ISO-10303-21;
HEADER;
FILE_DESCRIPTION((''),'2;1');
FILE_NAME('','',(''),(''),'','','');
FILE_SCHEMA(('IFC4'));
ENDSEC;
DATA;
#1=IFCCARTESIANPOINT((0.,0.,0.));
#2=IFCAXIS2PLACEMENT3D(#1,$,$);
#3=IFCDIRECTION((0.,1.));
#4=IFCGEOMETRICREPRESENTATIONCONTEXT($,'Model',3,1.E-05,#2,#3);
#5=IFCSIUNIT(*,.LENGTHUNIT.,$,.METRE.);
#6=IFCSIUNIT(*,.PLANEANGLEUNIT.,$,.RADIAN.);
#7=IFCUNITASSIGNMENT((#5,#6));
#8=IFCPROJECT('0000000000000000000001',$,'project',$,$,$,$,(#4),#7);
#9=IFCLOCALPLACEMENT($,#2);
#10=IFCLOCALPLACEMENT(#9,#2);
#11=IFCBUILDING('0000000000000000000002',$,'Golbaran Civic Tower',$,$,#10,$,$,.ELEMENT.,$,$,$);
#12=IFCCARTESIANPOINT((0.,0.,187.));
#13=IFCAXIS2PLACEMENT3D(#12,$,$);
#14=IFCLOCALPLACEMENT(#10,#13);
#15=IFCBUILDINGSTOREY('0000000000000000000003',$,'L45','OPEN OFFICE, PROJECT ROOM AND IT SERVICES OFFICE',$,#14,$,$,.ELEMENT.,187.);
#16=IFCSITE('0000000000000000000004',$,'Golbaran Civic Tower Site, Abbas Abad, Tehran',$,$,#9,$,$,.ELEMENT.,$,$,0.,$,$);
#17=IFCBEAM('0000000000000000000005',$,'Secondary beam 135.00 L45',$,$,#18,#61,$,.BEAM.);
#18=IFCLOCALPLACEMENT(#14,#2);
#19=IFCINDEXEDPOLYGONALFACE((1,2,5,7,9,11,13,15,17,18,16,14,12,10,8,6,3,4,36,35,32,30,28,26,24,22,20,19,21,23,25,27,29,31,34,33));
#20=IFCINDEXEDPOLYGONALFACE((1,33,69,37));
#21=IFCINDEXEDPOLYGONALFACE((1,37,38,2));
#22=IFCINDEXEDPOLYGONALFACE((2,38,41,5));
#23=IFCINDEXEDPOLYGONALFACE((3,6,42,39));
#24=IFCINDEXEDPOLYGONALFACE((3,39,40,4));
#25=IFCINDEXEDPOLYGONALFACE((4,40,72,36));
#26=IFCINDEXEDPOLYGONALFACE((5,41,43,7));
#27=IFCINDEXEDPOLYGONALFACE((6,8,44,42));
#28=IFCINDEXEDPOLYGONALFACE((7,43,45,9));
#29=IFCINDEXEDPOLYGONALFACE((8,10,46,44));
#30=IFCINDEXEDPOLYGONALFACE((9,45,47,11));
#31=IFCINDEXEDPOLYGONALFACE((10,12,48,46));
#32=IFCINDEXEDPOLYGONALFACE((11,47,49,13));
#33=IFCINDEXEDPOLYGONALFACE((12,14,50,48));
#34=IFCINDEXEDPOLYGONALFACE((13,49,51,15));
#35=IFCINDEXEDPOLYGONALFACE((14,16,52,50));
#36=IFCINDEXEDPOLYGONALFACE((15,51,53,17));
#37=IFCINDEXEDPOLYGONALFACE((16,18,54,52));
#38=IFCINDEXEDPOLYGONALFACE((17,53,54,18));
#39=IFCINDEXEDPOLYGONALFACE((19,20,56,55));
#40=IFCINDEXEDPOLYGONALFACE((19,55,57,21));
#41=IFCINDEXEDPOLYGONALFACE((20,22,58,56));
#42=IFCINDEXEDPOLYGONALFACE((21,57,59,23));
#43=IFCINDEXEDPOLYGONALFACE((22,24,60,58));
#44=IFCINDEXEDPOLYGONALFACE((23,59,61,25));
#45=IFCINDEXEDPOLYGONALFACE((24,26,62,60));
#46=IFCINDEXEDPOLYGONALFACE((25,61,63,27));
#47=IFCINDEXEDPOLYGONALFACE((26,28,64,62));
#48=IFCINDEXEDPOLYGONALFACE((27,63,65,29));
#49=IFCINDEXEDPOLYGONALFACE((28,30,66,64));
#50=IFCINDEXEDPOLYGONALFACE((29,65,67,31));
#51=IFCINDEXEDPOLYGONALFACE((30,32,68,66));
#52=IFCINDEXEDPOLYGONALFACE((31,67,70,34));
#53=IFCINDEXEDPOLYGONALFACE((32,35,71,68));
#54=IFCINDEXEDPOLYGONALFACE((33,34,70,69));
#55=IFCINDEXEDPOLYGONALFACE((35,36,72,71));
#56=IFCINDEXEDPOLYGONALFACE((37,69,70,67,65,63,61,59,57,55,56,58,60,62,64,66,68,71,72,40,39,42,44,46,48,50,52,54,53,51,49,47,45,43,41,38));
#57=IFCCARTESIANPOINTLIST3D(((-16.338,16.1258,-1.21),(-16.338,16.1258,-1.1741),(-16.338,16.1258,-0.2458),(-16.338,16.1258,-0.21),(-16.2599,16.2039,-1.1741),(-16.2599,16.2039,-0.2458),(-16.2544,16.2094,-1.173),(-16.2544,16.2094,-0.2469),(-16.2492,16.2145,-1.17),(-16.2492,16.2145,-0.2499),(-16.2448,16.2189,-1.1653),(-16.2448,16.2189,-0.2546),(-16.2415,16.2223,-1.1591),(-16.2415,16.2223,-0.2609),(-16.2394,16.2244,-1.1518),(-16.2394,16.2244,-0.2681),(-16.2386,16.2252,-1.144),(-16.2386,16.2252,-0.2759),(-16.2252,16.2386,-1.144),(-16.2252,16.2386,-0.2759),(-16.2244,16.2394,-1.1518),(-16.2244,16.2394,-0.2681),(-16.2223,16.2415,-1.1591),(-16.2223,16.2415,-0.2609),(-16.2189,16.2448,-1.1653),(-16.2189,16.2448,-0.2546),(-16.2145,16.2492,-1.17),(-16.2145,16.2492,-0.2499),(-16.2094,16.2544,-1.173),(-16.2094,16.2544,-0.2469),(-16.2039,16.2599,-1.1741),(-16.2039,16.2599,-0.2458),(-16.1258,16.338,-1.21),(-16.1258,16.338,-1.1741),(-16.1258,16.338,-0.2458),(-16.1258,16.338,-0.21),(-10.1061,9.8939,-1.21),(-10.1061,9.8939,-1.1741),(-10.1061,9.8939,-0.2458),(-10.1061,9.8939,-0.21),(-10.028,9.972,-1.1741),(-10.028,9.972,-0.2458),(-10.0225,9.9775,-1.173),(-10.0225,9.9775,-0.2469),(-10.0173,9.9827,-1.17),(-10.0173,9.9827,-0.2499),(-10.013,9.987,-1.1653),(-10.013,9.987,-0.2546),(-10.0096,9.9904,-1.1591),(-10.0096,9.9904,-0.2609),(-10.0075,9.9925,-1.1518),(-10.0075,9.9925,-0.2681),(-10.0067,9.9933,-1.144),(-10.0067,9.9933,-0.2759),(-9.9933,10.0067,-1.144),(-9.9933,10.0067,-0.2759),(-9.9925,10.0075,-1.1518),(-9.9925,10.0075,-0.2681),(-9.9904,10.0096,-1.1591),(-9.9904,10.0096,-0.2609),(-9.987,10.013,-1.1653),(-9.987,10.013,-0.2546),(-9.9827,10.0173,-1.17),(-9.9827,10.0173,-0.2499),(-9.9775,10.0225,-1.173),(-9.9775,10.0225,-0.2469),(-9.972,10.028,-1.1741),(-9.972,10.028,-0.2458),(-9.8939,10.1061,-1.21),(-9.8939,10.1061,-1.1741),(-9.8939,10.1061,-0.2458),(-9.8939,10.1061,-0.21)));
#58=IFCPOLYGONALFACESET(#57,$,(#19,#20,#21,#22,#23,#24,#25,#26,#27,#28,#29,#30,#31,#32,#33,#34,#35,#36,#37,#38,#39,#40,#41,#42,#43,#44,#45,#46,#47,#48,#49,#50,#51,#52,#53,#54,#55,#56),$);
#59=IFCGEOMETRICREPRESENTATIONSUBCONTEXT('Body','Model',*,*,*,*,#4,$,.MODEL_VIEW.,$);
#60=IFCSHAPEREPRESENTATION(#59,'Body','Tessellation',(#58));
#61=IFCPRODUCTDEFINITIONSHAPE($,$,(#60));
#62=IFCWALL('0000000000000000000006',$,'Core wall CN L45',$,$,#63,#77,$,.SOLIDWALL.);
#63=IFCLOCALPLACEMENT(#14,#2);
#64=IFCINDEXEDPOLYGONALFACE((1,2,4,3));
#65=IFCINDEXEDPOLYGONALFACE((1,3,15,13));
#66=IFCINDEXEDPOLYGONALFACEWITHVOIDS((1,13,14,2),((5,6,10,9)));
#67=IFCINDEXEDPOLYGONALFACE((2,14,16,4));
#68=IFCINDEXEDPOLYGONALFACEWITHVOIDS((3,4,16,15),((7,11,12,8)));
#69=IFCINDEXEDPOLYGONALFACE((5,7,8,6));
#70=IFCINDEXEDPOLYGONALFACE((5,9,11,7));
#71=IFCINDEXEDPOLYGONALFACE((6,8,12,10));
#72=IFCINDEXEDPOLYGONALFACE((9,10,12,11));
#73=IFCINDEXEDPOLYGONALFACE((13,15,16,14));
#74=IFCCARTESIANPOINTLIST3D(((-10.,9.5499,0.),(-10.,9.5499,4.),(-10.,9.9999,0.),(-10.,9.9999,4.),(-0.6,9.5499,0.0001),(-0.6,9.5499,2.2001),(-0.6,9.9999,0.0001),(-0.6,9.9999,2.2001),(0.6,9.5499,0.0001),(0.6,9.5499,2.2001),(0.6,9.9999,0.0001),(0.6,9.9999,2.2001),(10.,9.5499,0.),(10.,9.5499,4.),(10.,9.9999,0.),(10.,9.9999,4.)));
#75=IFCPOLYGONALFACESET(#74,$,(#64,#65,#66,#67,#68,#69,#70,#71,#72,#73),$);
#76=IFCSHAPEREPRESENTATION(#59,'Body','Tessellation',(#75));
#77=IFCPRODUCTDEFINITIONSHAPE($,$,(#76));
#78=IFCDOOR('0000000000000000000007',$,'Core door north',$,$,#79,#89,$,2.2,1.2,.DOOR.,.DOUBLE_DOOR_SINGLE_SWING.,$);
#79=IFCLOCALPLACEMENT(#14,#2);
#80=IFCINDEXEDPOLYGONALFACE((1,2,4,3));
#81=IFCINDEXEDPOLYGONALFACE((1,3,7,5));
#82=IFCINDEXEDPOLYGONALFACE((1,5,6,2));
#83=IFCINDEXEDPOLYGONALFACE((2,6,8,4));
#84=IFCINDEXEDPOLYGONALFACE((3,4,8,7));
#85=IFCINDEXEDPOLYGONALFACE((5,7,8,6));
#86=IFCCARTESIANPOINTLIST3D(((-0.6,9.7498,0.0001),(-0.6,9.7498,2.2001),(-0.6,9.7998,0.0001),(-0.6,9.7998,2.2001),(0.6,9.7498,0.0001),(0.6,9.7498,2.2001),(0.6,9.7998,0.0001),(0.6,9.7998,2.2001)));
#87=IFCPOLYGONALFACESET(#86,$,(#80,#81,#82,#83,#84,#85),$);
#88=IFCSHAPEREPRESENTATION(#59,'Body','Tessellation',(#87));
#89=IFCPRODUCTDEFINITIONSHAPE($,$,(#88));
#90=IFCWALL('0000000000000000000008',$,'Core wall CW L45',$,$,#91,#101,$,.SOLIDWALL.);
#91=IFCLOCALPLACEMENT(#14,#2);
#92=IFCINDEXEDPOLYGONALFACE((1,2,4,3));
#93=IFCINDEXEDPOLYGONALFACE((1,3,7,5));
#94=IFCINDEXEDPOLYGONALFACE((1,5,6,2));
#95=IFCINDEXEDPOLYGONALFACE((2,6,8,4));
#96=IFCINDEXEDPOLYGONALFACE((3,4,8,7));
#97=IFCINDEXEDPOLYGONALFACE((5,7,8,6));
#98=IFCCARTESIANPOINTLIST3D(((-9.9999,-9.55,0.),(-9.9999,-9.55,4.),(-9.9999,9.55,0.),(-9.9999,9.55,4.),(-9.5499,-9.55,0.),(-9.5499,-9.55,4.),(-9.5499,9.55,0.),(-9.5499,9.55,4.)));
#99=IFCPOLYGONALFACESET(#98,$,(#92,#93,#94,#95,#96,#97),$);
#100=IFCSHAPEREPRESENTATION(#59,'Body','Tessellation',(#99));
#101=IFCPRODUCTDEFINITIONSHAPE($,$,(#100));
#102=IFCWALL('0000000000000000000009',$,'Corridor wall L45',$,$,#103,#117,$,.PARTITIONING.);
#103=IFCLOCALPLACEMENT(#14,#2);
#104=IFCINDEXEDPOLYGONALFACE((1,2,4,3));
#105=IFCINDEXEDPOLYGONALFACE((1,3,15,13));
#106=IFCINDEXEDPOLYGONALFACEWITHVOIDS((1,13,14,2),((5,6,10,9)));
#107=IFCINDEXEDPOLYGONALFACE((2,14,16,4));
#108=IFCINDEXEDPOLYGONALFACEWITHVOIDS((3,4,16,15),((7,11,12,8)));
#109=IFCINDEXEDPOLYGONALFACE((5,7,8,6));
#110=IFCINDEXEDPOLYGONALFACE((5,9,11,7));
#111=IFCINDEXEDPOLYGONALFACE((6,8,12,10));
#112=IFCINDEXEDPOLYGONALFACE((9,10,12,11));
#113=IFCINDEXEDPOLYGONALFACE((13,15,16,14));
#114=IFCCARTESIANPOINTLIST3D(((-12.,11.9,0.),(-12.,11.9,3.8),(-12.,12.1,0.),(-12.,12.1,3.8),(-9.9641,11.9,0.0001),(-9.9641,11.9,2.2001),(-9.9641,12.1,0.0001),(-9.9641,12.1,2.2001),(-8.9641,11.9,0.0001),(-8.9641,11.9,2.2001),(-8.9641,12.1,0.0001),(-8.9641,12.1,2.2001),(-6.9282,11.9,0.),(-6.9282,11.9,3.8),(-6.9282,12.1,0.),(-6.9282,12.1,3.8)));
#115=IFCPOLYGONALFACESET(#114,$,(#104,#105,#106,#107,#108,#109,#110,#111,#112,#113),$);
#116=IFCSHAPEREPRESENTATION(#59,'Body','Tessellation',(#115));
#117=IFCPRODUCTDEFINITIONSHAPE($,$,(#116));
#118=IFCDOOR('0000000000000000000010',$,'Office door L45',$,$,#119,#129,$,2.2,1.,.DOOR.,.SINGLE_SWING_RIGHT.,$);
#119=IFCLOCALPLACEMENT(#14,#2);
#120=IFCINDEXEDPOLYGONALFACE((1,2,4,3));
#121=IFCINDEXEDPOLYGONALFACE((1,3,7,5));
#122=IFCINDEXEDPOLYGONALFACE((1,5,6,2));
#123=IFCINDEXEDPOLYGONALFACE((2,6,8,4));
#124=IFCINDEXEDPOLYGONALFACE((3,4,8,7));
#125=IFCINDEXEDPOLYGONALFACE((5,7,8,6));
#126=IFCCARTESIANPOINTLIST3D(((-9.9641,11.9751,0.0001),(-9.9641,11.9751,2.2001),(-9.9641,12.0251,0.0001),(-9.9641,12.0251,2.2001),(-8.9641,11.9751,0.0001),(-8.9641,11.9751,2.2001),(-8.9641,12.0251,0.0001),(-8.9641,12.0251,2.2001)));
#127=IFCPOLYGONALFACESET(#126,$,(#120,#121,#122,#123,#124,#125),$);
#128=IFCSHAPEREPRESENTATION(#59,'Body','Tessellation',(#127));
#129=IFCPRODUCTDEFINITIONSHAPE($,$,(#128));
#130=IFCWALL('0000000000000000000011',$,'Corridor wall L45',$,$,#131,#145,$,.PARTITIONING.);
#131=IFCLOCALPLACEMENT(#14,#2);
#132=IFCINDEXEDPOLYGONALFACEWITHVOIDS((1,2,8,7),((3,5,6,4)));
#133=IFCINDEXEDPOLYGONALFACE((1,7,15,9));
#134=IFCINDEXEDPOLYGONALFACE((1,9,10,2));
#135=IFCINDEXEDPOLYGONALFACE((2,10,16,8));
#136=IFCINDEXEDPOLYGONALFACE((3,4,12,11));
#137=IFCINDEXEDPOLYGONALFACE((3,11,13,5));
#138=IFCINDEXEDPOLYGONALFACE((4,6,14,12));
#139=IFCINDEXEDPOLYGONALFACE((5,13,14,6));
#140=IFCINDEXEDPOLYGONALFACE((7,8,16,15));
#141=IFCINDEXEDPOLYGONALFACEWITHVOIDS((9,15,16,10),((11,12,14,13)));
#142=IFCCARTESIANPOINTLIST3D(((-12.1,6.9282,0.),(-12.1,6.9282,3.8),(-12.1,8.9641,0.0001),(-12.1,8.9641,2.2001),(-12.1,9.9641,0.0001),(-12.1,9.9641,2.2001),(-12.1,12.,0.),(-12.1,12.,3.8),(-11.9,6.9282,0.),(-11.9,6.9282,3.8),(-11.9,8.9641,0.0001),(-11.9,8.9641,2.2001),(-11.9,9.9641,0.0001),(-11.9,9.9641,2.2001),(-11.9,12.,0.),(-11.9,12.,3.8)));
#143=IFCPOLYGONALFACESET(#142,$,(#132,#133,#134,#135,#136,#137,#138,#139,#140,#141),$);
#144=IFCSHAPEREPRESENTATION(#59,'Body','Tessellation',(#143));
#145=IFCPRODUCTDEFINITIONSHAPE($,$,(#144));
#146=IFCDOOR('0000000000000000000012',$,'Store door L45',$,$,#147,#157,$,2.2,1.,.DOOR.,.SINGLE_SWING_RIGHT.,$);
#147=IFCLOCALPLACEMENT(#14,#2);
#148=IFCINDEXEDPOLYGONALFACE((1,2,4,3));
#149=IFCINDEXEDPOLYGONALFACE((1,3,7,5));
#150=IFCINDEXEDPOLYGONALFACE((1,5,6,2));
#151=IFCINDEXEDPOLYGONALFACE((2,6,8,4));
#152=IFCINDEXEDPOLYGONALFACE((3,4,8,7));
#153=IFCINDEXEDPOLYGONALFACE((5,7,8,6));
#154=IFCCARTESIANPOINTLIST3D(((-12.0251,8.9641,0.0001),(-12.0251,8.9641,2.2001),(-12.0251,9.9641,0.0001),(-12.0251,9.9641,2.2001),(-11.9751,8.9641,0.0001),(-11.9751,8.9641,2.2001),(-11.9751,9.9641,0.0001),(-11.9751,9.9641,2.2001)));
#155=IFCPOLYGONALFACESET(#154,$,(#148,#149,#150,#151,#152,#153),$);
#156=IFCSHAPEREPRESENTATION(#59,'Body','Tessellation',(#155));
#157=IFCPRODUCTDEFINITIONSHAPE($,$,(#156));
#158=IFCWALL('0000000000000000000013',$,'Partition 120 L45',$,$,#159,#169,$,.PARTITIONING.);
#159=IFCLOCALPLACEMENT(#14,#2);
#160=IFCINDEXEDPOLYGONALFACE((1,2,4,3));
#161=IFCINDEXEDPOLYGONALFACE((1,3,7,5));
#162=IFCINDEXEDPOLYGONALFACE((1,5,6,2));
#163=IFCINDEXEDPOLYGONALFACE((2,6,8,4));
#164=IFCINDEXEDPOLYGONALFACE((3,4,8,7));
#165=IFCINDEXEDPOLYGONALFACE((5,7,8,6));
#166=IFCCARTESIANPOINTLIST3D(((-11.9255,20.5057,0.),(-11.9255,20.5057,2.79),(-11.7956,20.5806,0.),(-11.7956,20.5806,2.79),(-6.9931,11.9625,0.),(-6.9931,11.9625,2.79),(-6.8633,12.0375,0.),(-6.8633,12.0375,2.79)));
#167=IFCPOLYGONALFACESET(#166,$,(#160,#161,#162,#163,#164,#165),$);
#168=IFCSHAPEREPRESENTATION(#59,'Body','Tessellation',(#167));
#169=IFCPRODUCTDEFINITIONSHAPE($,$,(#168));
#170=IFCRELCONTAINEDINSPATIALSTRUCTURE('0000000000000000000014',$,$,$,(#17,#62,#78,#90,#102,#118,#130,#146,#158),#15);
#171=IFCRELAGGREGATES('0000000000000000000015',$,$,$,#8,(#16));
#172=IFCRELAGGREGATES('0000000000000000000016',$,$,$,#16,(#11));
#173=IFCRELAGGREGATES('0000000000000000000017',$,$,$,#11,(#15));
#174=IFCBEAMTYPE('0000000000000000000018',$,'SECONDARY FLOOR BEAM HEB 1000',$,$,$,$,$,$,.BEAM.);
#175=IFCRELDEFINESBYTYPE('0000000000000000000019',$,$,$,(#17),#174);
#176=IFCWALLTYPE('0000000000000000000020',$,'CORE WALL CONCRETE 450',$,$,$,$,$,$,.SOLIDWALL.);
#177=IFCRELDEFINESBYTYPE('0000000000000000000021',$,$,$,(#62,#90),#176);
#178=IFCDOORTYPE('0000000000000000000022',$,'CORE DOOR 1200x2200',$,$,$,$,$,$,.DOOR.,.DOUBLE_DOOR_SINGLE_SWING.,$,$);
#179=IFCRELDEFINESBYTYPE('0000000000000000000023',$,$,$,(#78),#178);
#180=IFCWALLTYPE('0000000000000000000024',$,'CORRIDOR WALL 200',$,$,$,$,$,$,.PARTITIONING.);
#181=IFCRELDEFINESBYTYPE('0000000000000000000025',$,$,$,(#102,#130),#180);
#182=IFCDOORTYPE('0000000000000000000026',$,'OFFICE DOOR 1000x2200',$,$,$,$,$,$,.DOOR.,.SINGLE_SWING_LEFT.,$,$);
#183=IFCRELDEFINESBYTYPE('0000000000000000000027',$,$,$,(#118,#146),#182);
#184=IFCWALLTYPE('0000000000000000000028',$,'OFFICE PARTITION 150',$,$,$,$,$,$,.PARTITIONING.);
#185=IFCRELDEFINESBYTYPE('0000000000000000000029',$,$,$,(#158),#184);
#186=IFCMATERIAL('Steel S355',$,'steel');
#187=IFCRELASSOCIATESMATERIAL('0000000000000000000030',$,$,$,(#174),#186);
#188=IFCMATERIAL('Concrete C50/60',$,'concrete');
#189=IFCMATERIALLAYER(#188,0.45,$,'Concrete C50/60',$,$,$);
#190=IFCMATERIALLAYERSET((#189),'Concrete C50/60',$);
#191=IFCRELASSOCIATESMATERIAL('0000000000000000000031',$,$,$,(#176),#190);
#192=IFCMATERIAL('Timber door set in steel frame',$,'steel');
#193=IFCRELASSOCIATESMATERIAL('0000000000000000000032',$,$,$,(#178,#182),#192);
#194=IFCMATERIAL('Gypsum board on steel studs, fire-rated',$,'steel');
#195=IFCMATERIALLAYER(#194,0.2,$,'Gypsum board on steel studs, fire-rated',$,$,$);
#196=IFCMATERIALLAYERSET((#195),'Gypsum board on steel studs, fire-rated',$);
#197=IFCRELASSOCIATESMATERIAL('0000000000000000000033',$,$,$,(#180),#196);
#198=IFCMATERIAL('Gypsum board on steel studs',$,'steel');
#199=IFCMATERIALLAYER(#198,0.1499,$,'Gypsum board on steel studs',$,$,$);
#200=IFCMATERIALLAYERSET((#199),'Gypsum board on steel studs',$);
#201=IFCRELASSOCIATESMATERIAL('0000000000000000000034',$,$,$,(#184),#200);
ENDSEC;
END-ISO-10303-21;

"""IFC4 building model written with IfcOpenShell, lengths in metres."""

from ifc_helpers import new_model, si_unit, direction, frame, frame_2d, origin, origin_2d, place, context, subcontext, project, spatial, rectangle, i_section, extrude, material, layer, layer_set, material_profile, profile_set, type_object, element, fill, save


model = new_model("IFC4")

# Units and contexts
model_context = context("Model", 3, precision=1e-05, world=origin(), true_north=direction((0.0, 1.0)))
body_context = subcontext(model_context, "Body", "Model", "MODEL_VIEW")
ifc_project = project(units=[si_unit("LENGTHUNIT", "METRE"), si_unit("PLANEANGLEUNIT", "RADIAN")], contexts=[model_context])

# Site, building, storey
site_placement = place(None, origin())
site = spatial("IfcSite", under=ifc_project, at=site_placement, Name="Golbaran Civic Tower Site, Abbas Abad, Tehran", CompositionType="ELEMENT", RefElevation=0.0)
building_placement = place(site_placement, origin())
building = spatial("IfcBuilding", under=site, at=building_placement, Name="Golbaran Civic Tower", CompositionType="ELEMENT")
storey_placement = place(building_placement, frame((0.0, 0.0, 187.0)))
storey = spatial("IfcBuildingStorey", under=building, at=storey_placement, Name="L45", Description="OPEN OFFICE, PROJECT ROOM AND IT SERVICES OFFICE", CompositionType="ELEMENT", Elevation=187.0)

# Beam
ifc_material_1 = material(Name="Steel S355", Category="steel")
ifc_material_profile_1 = material_profile(ifc_material_1, i_section(OverallWidth=0.3, OverallDepth=1.0, WebThickness=0.019, FlangeThickness=0.0359, FilletRadius=0.03, at=origin_2d()), Name="HEB 1000")
ifc_profile_set_1 = profile_set([ifc_material_profile_1], Name="Steel S355")
beam_type_1 = type_object("IfcBeamType", Name="SECONDARY FLOOR BEAM HEB 1000", PredefinedType="BEAM", material=ifc_profile_set_1)
beam_1_placement = place(storey_placement, frame((-10.0, 10.0, -0.71), z_axis=(-0.707107, 0.707107, 0.0), x_axis=(-0.707107, -0.707107, 0.0)))
element("IfcBeam", 1, at=beam_1_placement, inside=storey, type_object=beam_type_1, Name="Secondary beam 135.00 L45", PredefinedType="BEAM", context=body_context, shape_type="SweptSolid", body=[
    extrude(i_section(OverallWidth=0.3, OverallDepth=1.0, WebThickness=0.019, FlangeThickness=0.0359, FilletRadius=0.03, at=origin_2d()), origin(), (0.0, 0.0, 1.0), 8.8132),
])

# Wall, opening, door
ifc_material_2 = material(Name="Concrete C50/60", Category="concrete")
ifc_layer_1 = layer(ifc_material_2, 0.45, Name="Concrete C50/60")
ifc_layer_set_1 = layer_set([ifc_layer_1], Name="Concrete C50/60")
wall_type_1 = type_object("IfcWallType", Name="CORE WALL CONCRETE 450", PredefinedType="SOLIDWALL", material=ifc_layer_set_1)
wall_1_placement = place(storey_placement, frame((-10.0, 9.7749, 0.0), z_axis=(0.0, 0.0, 1.0), x_axis=(1.0, 0.0, 0.0)))
wall_1 = element("IfcWall", 2, at=wall_1_placement, inside=storey, type_object=wall_type_1, Name="Core wall CN L45", PredefinedType="SOLIDWALL", context=body_context, shape_type="SweptSolid", body=[
    extrude(rectangle(XDim=20.0, YDim=0.45, at=frame_2d((10.0, 0.0))), origin(), (0.0, 0.0, 1.0), 4.0),
])
opening_1_placement = place(wall_1_placement, frame((9.3999, 0.0, 0.0)))
opening_1 = element("IfcOpeningElement", 3, at=opening_1_placement, cuts=wall_1, PredefinedType="OPENING", context=body_context, shape_type="SweptSolid", body=[
    extrude(rectangle(XDim=1.2, YDim=2.2, at=frame_2d((0.6001, 1.1001))), frame((0.0, 0.2349, 0.0), z_axis=(0.0, -1.0, 0.0), x_axis=(1.0, 0.0, 0.0)), (0.0, 0.0, 1.0), 0.47),
])
ifc_material_3 = material(Name="Timber door set in steel frame", Category="steel")
door_type_1 = type_object("IfcDoorType", Name="CORE DOOR 1200x2200", OperationType="DOUBLE_DOOR_SINGLE_SWING", PredefinedType="DOOR", material=ifc_material_3)
door_1_placement = place(opening_1_placement, origin())
door_1 = element("IfcDoor", 4, at=door_1_placement, inside=storey, type_object=door_type_1, Name="Core door north", OperationType="DOUBLE_DOOR_SINGLE_SWING", OverallHeight=2.2, OverallWidth=1.2, PredefinedType="DOOR", context=body_context, shape_type="SweptSolid", body=[
    extrude(rectangle(XDim=1.2, YDim=2.2, at=frame_2d((0.6001, 1.1001))), frame((0.0, 0.0249, 0.0), z_axis=(0.0, -1.0, 0.0), x_axis=(1.0, 0.0, 0.0)), (0.0, 0.0, 1.0), 0.05),
])
fill(opening_1, door_1)

# Wall
wall_2_placement = place(storey_placement, frame((-9.7749, 9.55, 0.0), z_axis=(0.0, 0.0, 1.0), x_axis=(0.0, -1.0, 0.0)))
element("IfcWall", 5, at=wall_2_placement, inside=storey, type_object=wall_type_1, Name="Core wall CW L45", PredefinedType="SOLIDWALL", context=body_context, shape_type="SweptSolid", body=[
    extrude(rectangle(XDim=19.1001, YDim=0.45, at=frame_2d((9.55, 0.0))), origin(), (0.0, 0.0, 1.0), 4.0),
])

# Walls, openings, doors
ifc_material_4 = material(Name="Gypsum board on steel studs, fire-rated", Category="steel")
ifc_layer_2 = layer(ifc_material_4, 0.2, Name="Gypsum board on steel studs, fire-rated")
ifc_layer_set_2 = layer_set([ifc_layer_2], Name="Gypsum board on steel studs, fire-rated")
wall_type_2 = type_object("IfcWallType", Name="CORRIDOR WALL 200", PredefinedType="PARTITIONING", material=ifc_layer_set_2)
wall_3_placement = place(storey_placement, frame((-6.9282, 12.0, 0.0), z_axis=(0.0, 0.0, 1.0), x_axis=(-1.0, 0.0, 0.0)))
wall_3 = element("IfcWall", 6, at=wall_3_placement, inside=storey, type_object=wall_type_2, Name="Corridor wall L45", PredefinedType="PARTITIONING", context=body_context, shape_type="SweptSolid", body=[
    extrude(rectangle(XDim=5.0718, YDim=0.2, at=frame_2d((2.5359, 0.0))), origin(), (0.0, 0.0, 1.0), 3.8),
])
opening_2_placement = place(wall_3_placement, frame((2.0359, 0.0, 0.0)))
opening_2 = element("IfcOpeningElement", 7, at=opening_2_placement, cuts=wall_3, PredefinedType="OPENING", context=body_context, shape_type="SweptSolid", body=[
    extrude(rectangle(XDim=1.0, YDim=2.2, at=frame_2d((0.5, 1.1001))), frame((0.0, 0.1099, 0.0), z_axis=(0.0, -1.0, 0.0), x_axis=(1.0, 0.0, 0.0)), (0.0, 0.0, 1.0), 0.22),
])
door_type_2 = type_object("IfcDoorType", Name="OFFICE DOOR 1000x2200", OperationType="SINGLE_SWING_LEFT", PredefinedType="DOOR", material=ifc_material_3)
door_2_placement = place(opening_2_placement, origin())
door_2 = element("IfcDoor", 8, at=door_2_placement, inside=storey, type_object=door_type_2, Name="Office door L45", OperationType="SINGLE_SWING_RIGHT", OverallHeight=2.2, OverallWidth=1.0, PredefinedType="DOOR", context=body_context, shape_type="SweptSolid", body=[
    extrude(rectangle(XDim=1.0, YDim=2.2, at=frame_2d((0.5, 1.1001))), frame((0.0, 0.0249, 0.0), z_axis=(0.0, -1.0, 0.0), x_axis=(1.0, 0.0, 0.0)), (0.0, 0.0, 1.0), 0.05),
])
fill(opening_2, door_2)
wall_4_placement = place(storey_placement, frame((-12.0, 12.0, 0.0), z_axis=(0.0, 0.0, 1.0), x_axis=(0.0, -1.0, 0.0)))
wall_4 = element("IfcWall", 9, at=wall_4_placement, inside=storey, type_object=wall_type_2, Name="Corridor wall L45", PredefinedType="PARTITIONING", context=body_context, shape_type="SweptSolid", body=[
    extrude(rectangle(XDim=5.0718, YDim=0.2, at=frame_2d((2.5359, 0.0))), origin(), (0.0, 0.0, 1.0), 3.8),
])
opening_3_placement = place(wall_4_placement, frame((2.0359, 0.0, 0.0)))
opening_3 = element("IfcOpeningElement", 10, at=opening_3_placement, cuts=wall_4, PredefinedType="OPENING", context=body_context, shape_type="SweptSolid", body=[
    extrude(rectangle(XDim=1.0, YDim=2.2, at=frame_2d((0.5, 1.1001))), frame((0.0, 0.1099, 0.0), z_axis=(0.0, -1.0, 0.0), x_axis=(1.0, 0.0, 0.0)), (0.0, 0.0, 1.0), 0.22),
])
door_3_placement = place(opening_3_placement, origin())
door_3 = element("IfcDoor", 11, at=door_3_placement, inside=storey, type_object=door_type_2, Name="Store door L45", OperationType="SINGLE_SWING_RIGHT", OverallHeight=2.2, OverallWidth=1.0, PredefinedType="DOOR", context=body_context, shape_type="SweptSolid", body=[
    extrude(rectangle(XDim=1.0, YDim=2.2, at=frame_2d((0.5, 1.1001))), frame((0.0, 0.0249, 0.0), z_axis=(0.0, -1.0, 0.0), x_axis=(1.0, 0.0, 0.0)), (0.0, 0.0, 1.0), 0.05),
])
fill(opening_3, door_3)

# Wall
ifc_material_5 = material(Name="Gypsum board on steel studs", Category="steel")
ifc_layer_3 = layer(ifc_material_5, 0.1499, Name="Gypsum board on steel studs")
ifc_layer_set_3 = layer_set([ifc_layer_3], Name="Gypsum board on steel studs")
wall_type_3 = type_object("IfcWallType", Name="OFFICE PARTITION 150", PredefinedType="PARTITIONING", material=ifc_layer_set_3)
wall_5_placement = place(storey_placement, frame((-6.9282, 12.0, 0.0), z_axis=(0.0, 0.0, 1.0), x_axis=(-0.499996, 0.866028, 0.0)))
element("IfcWall", 12, at=wall_5_placement, inside=storey, type_object=wall_type_3, Name="Partition 120 L45", PredefinedType="PARTITIONING", context=body_context, shape_type="SweptSolid", body=[
    extrude(rectangle(XDim=9.8647, YDim=0.1499, at=frame_2d((4.9324, 0.0))), origin(), (0.0, 0.0, 1.0), 2.79),
])

save(model, "model.ifc")
